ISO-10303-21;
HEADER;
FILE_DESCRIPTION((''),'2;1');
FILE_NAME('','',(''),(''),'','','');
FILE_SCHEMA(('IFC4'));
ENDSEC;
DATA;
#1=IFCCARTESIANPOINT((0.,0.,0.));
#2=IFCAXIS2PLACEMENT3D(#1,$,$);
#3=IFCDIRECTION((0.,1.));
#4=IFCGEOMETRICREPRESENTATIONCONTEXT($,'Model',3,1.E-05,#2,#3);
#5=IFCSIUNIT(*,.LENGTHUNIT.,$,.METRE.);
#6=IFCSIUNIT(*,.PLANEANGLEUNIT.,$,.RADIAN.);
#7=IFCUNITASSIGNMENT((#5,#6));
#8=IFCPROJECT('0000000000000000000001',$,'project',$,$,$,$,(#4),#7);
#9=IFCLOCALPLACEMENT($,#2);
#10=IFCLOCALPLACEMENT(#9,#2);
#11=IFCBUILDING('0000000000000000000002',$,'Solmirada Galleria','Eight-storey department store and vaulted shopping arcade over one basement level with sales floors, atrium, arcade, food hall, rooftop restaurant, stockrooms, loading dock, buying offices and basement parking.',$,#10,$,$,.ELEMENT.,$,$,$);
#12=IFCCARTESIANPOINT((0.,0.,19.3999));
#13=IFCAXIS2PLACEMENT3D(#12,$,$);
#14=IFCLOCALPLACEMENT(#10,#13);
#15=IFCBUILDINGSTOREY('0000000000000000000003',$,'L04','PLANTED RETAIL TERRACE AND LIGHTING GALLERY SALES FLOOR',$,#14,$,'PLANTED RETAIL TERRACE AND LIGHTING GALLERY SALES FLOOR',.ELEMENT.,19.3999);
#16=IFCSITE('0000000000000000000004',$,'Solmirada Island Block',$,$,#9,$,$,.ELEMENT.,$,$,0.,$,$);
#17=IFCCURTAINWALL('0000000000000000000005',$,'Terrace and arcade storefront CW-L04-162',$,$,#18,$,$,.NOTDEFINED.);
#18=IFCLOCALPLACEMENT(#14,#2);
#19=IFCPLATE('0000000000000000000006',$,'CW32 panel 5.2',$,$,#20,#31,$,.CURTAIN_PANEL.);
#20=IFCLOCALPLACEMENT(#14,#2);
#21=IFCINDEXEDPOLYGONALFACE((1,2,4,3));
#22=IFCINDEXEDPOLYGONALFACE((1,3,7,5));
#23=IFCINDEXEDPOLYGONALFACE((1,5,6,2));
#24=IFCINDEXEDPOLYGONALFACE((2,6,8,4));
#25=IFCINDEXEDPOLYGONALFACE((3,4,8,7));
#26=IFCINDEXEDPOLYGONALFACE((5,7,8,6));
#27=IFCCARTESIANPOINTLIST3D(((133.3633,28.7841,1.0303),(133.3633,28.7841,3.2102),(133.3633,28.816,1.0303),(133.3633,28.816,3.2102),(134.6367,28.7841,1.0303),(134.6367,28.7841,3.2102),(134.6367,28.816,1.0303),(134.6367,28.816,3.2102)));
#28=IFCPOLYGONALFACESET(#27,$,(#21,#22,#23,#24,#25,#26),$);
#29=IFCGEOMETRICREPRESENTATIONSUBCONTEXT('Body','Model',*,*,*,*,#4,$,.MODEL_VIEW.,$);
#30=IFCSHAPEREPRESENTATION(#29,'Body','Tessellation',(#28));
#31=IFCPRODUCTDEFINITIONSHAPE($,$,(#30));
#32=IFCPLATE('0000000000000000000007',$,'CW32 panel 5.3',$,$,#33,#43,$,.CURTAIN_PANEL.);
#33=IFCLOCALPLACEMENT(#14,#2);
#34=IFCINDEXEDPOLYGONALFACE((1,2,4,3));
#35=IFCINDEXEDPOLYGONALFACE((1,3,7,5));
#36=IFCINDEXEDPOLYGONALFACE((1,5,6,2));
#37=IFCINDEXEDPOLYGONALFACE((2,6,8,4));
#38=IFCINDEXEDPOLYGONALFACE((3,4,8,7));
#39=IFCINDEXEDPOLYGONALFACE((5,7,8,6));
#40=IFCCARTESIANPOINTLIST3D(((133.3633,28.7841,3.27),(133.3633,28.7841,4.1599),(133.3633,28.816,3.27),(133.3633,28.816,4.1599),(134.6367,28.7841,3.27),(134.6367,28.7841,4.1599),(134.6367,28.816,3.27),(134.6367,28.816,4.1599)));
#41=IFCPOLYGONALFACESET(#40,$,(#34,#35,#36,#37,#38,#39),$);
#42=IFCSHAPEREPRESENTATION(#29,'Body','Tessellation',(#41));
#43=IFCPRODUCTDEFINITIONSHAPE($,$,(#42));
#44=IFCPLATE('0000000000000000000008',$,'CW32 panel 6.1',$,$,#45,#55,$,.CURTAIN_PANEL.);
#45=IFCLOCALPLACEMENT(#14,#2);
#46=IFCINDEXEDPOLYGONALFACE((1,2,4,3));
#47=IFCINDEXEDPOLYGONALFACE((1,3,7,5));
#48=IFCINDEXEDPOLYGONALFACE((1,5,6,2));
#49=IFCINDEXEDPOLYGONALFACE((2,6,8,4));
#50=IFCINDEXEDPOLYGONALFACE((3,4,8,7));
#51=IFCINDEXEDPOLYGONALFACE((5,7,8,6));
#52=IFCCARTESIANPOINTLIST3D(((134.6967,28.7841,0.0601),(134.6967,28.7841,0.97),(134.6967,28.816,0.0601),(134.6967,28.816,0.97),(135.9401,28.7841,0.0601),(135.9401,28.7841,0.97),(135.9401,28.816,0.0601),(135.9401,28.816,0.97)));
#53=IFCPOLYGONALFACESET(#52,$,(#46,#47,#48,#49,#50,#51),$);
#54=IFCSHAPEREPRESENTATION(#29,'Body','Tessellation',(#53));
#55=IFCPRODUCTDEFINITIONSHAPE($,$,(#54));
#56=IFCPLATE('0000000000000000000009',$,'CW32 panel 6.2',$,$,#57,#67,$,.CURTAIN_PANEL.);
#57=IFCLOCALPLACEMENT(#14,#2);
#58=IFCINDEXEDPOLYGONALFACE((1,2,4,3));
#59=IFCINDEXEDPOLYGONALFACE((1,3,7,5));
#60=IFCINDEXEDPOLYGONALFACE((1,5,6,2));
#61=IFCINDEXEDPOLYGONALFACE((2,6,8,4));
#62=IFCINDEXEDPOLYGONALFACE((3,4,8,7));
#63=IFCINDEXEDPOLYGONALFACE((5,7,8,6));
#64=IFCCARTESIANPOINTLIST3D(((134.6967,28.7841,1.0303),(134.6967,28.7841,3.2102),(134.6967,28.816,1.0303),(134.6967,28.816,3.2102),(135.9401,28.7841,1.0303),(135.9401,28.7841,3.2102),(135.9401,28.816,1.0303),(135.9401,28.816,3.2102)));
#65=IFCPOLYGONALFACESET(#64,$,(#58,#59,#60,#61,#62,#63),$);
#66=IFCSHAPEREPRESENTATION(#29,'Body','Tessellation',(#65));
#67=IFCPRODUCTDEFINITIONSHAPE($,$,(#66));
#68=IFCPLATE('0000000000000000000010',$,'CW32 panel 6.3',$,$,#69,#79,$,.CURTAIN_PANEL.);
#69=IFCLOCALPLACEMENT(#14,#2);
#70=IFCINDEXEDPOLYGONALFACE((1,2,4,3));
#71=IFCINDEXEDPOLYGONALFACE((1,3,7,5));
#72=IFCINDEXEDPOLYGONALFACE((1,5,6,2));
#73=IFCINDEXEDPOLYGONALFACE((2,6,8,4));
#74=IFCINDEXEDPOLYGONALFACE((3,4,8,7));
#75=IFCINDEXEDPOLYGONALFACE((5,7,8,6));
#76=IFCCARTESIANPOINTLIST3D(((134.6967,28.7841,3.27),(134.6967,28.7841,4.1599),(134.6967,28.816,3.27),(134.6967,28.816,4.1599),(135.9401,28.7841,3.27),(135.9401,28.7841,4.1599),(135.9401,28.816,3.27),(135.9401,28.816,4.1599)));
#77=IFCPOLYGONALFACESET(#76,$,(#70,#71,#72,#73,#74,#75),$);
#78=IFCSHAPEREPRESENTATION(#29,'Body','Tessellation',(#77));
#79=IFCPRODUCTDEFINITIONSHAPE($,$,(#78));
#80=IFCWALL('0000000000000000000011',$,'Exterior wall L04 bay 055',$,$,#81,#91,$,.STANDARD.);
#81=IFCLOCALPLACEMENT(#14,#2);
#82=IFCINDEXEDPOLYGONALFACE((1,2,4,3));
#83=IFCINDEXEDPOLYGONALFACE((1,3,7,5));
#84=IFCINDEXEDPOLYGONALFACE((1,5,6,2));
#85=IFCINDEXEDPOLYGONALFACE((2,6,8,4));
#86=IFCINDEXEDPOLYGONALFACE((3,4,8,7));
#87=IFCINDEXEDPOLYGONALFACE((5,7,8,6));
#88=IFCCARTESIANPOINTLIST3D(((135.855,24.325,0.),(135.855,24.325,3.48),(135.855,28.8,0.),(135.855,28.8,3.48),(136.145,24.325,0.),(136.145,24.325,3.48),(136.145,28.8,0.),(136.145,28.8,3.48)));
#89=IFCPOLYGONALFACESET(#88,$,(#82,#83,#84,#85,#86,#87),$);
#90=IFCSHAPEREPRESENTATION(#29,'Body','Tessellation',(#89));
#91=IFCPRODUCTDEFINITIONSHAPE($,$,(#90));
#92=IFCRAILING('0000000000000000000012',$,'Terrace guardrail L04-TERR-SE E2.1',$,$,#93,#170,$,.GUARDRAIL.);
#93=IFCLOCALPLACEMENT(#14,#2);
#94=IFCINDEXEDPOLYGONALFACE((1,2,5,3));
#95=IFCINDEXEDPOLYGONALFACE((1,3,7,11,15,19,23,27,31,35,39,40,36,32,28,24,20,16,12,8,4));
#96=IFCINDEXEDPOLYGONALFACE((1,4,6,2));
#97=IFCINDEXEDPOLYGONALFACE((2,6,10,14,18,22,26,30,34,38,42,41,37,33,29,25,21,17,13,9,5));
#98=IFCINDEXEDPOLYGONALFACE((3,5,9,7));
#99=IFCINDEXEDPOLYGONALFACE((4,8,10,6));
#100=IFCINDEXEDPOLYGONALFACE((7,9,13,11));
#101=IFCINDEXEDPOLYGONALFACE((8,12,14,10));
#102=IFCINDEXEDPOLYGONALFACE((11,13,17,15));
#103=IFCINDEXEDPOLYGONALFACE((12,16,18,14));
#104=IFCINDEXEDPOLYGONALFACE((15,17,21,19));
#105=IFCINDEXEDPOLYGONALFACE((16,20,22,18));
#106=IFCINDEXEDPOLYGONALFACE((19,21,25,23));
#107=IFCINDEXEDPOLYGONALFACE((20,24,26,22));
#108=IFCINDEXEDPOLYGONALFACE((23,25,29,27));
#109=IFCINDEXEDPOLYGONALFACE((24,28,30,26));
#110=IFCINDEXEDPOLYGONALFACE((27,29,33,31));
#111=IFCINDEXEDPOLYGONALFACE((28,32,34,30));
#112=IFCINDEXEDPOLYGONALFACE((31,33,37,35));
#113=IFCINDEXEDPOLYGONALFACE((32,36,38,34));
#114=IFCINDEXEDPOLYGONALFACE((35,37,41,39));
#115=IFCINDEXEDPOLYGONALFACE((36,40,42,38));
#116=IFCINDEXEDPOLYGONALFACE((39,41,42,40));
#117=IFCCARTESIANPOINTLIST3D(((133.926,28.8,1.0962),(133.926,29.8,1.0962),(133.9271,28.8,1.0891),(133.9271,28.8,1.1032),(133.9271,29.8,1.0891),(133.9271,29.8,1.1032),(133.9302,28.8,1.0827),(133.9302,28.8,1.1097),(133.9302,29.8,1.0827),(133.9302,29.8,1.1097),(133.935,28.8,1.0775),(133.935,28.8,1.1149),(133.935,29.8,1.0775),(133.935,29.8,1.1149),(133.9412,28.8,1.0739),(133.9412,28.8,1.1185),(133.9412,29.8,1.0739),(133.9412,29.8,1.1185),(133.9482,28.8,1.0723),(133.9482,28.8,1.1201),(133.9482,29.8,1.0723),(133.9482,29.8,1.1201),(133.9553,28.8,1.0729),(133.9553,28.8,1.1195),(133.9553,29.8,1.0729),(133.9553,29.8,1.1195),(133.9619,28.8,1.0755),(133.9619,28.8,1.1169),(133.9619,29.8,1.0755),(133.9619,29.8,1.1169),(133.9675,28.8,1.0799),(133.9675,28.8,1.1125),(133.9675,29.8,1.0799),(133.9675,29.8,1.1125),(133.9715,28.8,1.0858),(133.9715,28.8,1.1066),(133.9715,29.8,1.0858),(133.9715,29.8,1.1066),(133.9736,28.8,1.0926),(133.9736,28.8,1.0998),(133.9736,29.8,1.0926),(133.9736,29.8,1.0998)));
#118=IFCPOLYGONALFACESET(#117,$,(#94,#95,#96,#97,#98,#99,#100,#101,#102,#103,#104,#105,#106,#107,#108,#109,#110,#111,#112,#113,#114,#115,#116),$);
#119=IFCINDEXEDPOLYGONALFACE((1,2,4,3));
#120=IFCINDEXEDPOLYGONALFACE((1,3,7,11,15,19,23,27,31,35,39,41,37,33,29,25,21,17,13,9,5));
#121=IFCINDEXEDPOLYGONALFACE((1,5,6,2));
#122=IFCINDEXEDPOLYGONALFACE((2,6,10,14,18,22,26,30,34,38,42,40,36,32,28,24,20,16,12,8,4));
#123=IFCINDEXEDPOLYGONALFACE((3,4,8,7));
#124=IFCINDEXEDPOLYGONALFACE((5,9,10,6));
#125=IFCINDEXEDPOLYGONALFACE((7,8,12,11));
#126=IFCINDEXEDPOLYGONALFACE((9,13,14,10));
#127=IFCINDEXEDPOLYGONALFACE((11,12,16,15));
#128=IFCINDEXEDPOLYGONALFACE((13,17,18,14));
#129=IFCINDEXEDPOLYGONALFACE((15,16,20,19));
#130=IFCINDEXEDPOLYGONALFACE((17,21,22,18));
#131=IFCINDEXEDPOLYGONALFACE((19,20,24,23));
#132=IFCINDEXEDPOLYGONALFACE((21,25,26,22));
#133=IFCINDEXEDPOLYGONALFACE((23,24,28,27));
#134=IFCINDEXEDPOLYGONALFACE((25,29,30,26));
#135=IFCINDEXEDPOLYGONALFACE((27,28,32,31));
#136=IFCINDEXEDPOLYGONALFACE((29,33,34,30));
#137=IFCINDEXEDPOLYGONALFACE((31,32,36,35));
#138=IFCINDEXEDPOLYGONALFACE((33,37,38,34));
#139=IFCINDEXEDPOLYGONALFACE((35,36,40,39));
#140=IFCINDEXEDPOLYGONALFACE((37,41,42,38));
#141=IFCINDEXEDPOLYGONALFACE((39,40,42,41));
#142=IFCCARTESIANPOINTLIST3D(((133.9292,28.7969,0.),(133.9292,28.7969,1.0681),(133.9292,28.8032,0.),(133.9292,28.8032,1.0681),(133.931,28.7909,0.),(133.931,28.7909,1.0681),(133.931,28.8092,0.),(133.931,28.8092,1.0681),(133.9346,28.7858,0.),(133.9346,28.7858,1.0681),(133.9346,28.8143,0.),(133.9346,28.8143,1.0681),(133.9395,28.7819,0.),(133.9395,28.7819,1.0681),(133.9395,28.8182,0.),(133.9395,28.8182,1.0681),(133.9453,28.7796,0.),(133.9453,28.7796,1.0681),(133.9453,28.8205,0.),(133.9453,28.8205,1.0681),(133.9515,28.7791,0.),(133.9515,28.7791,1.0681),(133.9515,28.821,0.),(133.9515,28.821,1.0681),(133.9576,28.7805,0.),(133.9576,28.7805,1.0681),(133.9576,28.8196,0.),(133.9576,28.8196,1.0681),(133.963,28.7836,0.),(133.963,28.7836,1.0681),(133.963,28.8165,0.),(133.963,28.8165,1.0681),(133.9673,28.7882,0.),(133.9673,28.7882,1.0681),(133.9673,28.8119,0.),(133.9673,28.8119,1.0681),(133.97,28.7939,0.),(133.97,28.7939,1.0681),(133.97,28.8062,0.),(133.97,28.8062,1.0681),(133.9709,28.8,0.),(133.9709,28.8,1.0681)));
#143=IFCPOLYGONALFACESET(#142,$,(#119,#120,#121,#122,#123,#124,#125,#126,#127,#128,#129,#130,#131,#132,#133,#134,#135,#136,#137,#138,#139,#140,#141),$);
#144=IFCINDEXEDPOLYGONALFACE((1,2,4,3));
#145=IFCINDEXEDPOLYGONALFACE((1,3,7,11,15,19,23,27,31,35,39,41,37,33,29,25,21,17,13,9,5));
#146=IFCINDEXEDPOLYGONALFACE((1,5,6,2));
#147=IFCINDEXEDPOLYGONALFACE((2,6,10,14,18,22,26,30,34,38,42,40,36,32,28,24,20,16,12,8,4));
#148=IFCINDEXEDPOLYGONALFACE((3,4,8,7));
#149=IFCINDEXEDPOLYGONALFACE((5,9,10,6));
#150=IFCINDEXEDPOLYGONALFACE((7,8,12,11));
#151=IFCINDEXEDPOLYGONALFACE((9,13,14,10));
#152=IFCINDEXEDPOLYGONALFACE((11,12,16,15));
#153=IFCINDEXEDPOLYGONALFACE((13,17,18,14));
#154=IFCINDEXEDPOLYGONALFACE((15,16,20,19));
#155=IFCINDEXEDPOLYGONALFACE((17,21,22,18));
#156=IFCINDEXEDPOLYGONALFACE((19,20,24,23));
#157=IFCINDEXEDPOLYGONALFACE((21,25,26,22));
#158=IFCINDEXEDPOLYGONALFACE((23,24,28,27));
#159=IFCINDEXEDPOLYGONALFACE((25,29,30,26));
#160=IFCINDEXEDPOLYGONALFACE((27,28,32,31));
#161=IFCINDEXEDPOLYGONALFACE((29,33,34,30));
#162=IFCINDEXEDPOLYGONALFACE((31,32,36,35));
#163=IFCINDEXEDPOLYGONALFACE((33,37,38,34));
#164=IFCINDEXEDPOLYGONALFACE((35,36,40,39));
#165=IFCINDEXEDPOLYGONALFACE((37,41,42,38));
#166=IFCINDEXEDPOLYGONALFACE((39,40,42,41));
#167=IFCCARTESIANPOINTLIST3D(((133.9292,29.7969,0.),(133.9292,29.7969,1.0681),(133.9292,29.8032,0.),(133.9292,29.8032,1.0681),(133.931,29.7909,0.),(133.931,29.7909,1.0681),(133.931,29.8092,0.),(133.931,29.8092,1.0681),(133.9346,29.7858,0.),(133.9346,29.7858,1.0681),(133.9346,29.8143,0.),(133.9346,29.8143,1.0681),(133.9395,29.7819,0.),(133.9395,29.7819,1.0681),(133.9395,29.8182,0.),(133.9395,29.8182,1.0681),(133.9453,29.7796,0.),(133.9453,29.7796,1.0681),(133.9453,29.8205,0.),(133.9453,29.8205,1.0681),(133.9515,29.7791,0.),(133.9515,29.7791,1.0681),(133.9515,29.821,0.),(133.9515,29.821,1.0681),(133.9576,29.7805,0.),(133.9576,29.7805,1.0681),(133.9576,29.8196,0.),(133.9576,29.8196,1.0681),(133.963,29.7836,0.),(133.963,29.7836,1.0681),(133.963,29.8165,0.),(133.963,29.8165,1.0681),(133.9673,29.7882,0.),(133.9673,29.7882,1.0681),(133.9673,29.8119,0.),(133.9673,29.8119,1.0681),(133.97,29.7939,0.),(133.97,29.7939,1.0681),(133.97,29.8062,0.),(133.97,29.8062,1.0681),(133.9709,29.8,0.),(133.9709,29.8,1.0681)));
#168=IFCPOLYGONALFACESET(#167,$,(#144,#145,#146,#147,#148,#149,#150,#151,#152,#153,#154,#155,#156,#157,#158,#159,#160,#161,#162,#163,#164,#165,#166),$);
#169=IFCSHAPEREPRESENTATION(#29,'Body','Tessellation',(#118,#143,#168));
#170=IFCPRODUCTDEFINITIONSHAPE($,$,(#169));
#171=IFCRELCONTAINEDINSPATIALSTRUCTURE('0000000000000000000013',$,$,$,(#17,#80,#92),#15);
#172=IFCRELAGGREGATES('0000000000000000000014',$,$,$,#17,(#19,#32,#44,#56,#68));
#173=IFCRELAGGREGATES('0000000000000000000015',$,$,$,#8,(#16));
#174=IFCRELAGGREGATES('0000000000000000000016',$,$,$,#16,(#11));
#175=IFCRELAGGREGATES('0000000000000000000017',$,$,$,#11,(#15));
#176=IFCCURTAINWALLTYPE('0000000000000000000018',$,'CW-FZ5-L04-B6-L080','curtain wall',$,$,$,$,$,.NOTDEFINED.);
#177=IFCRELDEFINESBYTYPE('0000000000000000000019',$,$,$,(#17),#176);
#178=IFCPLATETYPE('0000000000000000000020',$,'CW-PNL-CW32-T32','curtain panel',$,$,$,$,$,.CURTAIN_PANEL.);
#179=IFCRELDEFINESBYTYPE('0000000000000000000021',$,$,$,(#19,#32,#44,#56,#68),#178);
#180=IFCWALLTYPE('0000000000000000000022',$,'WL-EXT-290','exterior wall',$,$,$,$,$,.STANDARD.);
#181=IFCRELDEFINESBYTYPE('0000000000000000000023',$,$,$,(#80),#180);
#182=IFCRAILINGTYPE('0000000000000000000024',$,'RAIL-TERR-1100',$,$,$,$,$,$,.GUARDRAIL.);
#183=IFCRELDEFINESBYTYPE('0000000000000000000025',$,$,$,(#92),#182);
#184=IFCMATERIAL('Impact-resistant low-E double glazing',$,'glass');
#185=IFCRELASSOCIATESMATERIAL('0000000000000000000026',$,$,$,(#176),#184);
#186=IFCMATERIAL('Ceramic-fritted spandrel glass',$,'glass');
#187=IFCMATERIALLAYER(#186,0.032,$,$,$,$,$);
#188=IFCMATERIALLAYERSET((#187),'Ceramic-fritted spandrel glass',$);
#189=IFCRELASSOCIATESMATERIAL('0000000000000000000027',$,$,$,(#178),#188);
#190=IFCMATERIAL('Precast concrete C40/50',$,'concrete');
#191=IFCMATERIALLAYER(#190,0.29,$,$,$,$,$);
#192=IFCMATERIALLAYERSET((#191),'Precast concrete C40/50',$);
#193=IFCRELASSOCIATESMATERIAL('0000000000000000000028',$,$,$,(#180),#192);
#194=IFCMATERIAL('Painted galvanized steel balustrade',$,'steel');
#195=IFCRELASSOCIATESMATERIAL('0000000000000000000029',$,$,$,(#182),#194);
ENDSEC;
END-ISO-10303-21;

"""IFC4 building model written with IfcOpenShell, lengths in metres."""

from ifc_helpers import new_model, si_unit, direction, frame, frame_2d, origin, origin_2d, place, context, subcontext, project, spatial, rectangle, circle, extrude, material, layer, layer_set, type_object, element, aggregate, save


model = new_model("IFC4")

# Units and contexts
model_context = context("Model", 3, precision=1e-05, world=origin(), true_north=direction((0.0, 1.0)))
body_context = subcontext(model_context, "Body", "Model", "MODEL_VIEW")
ifc_project = project(units=[si_unit("LENGTHUNIT", "METRE"), si_unit("PLANEANGLEUNIT", "RADIAN")], contexts=[model_context])

# Site, building, storey
site_placement = place(None, origin())
site = spatial("IfcSite", under=ifc_project, at=site_placement, Name="Solmirada Island Block", CompositionType="ELEMENT", RefElevation=0.0)
building_placement = place(site_placement, origin())
building = spatial("IfcBuilding", under=site, at=building_placement, Name="Solmirada Galleria", Description="Eight-storey department store and vaulted shopping arcade over one basement level with sales floors, atrium, arcade, food hall, rooftop restaurant, stockrooms, loading dock, buying offices and basement parking.", CompositionType="ELEMENT")
storey_placement = place(building_placement, frame((0.0, 0.0, 19.3999)))
storey = spatial("IfcBuildingStorey", under=building, at=storey_placement, Name="L04", Description="PLANTED RETAIL TERRACE AND LIGHTING GALLERY SALES FLOOR", LongName="PLANTED RETAIL TERRACE AND LIGHTING GALLERY SALES FLOOR", CompositionType="ELEMENT", Elevation=19.3999)

# Curtain wall, plates
ifc_material_1 = material(Name="Impact-resistant low-E double glazing", Category="glass")
curtain_wall_type = type_object("IfcCurtainWallType", Name="CW-FZ5-L04-B6-L080", Description="curtain wall", PredefinedType="NOTDEFINED", material=ifc_material_1)
curtain_wall_placement = place(storey_placement, origin())
curtain_wall = element("IfcCurtainWall", 1, at=curtain_wall_placement, inside=storey, type_object=curtain_wall_type, Name="Terrace and arcade storefront CW-L04-162", PredefinedType="NOTDEFINED")
ifc_material_2 = material(Name="Ceramic-fritted spandrel glass", Category="glass")
ifc_layer_1 = layer(ifc_material_2, 0.032)
ifc_layer_set_1 = layer_set([ifc_layer_1], Name="Ceramic-fritted spandrel glass")
plate_type = type_object("IfcPlateType", Name="CW-PNL-CW32-T32", Description="curtain panel", PredefinedType="CURTAIN_PANEL", material=ifc_layer_set_1)
plate_1_placement = place(storey_placement, frame((134.0, 28.8, 1.0303), z_axis=(0.0, 0.0, 1.0), x_axis=(1.0, 0.0, 0.0)))
plate_1 = element("IfcPlate", 2, at=plate_1_placement, type_object=plate_type, Name="CW32 panel 5.2", PredefinedType="CURTAIN_PANEL", context=body_context, shape_type="SweptSolid", body=[
    extrude(rectangle(XDim=1.2734, YDim=0.032, at=origin_2d()), origin(), (0.0, 0.0, 1.0), 2.1799),
])
plate_2_placement = place(storey_placement, frame((134.0, 28.8, 3.27), z_axis=(0.0, 0.0, 1.0), x_axis=(1.0, 0.0, 0.0)))
plate_2 = element("IfcPlate", 3, at=plate_2_placement, type_object=plate_type, Name="CW32 panel 5.3", PredefinedType="CURTAIN_PANEL", context=body_context, shape_type="SweptSolid", body=[
    extrude(rectangle(XDim=1.2734, YDim=0.032, at=origin_2d()), origin(), (0.0, 0.0, 1.0), 0.8899),
])
plate_3_placement = place(storey_placement, frame((135.3184, 28.8, 0.0601), z_axis=(0.0, 0.0, 1.0), x_axis=(1.0, 0.0, 0.0)))
plate_3 = element("IfcPlate", 4, at=plate_3_placement, type_object=plate_type, Name="CW32 panel 6.1", PredefinedType="CURTAIN_PANEL", context=body_context, shape_type="SweptSolid", body=[
    extrude(rectangle(XDim=1.2434, YDim=0.032, at=origin_2d()), origin(), (0.0, 0.0, 1.0), 0.9099),
])
plate_4_placement = place(storey_placement, frame((135.3184, 28.8, 1.0303), z_axis=(0.0, 0.0, 1.0), x_axis=(1.0, 0.0, 0.0)))
plate_4 = element("IfcPlate", 5, at=plate_4_placement, type_object=plate_type, Name="CW32 panel 6.2", PredefinedType="CURTAIN_PANEL", context=body_context, shape_type="SweptSolid", body=[
    extrude(rectangle(XDim=1.2434, YDim=0.032, at=origin_2d()), origin(), (0.0, 0.0, 1.0), 2.1799),
])
plate_5_placement = place(storey_placement, frame((135.3184, 28.8, 3.27), z_axis=(0.0, 0.0, 1.0), x_axis=(1.0, 0.0, 0.0)))
plate_5 = element("IfcPlate", 6, at=plate_5_placement, type_object=plate_type, Name="CW32 panel 6.3", PredefinedType="CURTAIN_PANEL", context=body_context, shape_type="SweptSolid", body=[
    extrude(rectangle(XDim=1.2434, YDim=0.032, at=origin_2d()), origin(), (0.0, 0.0, 1.0), 0.8899),
])
aggregate(curtain_wall, [plate_1, plate_2, plate_3, plate_4, plate_5])

# Wall
ifc_material_3 = material(Name="Precast concrete C40/50", Category="concrete")
ifc_layer_2 = layer(ifc_material_3, 0.29)
ifc_layer_set_2 = layer_set([ifc_layer_2], Name="Precast concrete C40/50")
wall_type = type_object("IfcWallType", Name="WL-EXT-290", Description="exterior wall", PredefinedType="STANDARD", material=ifc_layer_set_2)
wall_placement = place(storey_placement, frame((136.0, 28.8, 0.0), z_axis=(0.0, 0.0, 1.0), x_axis=(0.0, -1.0, 0.0)))
element("IfcWall", 7, at=wall_placement, inside=storey, type_object=wall_type, Name="Exterior wall L04 bay 055", PredefinedType="STANDARD", context=body_context, shape_type="SweptSolid", body=[
    extrude(rectangle(XDim=4.4751, YDim=0.29, at=frame_2d((2.2375, 0.0))), origin(), (0.0, 0.0, 1.0), 3.48),
])

# Railing
ifc_material_4 = material(Name="Painted galvanized steel balustrade", Category="steel")
railing_type = type_object("IfcRailingType", Name="RAIL-TERR-1100", PredefinedType="GUARDRAIL", material=ifc_material_4)
railing_1_placement = place(storey_placement, frame((133.95, 28.8, 0.0)))
element("IfcRailing", 8, at=railing_1_placement, inside=storey, type_object=railing_type, Name="Terrace guardrail L04-TERR-SE E2.1", PredefinedType="GUARDRAIL", context=body_context, shape_type="SweptSolid", body=[
    extrude(circle(Radius=0.0239, at=origin_2d()), frame((0.0, 0.0, 1.0962), z_axis=(0.0, 1.0, 0.0), x_axis=(-1.0, 0.0, 0.0)), (0.0, 0.0, 1.0), 1.0),
    extrude(circle(Radius=0.021, at=origin_2d()), origin(), (0.0, 0.0, 1.0), 1.0681),
    extrude(circle(Radius=0.021, at=origin_2d()), frame((0.0, 1.0, 0.0)), (0.0, 0.0, 1.0), 1.0681),
])

save(model, "model.ifc")
